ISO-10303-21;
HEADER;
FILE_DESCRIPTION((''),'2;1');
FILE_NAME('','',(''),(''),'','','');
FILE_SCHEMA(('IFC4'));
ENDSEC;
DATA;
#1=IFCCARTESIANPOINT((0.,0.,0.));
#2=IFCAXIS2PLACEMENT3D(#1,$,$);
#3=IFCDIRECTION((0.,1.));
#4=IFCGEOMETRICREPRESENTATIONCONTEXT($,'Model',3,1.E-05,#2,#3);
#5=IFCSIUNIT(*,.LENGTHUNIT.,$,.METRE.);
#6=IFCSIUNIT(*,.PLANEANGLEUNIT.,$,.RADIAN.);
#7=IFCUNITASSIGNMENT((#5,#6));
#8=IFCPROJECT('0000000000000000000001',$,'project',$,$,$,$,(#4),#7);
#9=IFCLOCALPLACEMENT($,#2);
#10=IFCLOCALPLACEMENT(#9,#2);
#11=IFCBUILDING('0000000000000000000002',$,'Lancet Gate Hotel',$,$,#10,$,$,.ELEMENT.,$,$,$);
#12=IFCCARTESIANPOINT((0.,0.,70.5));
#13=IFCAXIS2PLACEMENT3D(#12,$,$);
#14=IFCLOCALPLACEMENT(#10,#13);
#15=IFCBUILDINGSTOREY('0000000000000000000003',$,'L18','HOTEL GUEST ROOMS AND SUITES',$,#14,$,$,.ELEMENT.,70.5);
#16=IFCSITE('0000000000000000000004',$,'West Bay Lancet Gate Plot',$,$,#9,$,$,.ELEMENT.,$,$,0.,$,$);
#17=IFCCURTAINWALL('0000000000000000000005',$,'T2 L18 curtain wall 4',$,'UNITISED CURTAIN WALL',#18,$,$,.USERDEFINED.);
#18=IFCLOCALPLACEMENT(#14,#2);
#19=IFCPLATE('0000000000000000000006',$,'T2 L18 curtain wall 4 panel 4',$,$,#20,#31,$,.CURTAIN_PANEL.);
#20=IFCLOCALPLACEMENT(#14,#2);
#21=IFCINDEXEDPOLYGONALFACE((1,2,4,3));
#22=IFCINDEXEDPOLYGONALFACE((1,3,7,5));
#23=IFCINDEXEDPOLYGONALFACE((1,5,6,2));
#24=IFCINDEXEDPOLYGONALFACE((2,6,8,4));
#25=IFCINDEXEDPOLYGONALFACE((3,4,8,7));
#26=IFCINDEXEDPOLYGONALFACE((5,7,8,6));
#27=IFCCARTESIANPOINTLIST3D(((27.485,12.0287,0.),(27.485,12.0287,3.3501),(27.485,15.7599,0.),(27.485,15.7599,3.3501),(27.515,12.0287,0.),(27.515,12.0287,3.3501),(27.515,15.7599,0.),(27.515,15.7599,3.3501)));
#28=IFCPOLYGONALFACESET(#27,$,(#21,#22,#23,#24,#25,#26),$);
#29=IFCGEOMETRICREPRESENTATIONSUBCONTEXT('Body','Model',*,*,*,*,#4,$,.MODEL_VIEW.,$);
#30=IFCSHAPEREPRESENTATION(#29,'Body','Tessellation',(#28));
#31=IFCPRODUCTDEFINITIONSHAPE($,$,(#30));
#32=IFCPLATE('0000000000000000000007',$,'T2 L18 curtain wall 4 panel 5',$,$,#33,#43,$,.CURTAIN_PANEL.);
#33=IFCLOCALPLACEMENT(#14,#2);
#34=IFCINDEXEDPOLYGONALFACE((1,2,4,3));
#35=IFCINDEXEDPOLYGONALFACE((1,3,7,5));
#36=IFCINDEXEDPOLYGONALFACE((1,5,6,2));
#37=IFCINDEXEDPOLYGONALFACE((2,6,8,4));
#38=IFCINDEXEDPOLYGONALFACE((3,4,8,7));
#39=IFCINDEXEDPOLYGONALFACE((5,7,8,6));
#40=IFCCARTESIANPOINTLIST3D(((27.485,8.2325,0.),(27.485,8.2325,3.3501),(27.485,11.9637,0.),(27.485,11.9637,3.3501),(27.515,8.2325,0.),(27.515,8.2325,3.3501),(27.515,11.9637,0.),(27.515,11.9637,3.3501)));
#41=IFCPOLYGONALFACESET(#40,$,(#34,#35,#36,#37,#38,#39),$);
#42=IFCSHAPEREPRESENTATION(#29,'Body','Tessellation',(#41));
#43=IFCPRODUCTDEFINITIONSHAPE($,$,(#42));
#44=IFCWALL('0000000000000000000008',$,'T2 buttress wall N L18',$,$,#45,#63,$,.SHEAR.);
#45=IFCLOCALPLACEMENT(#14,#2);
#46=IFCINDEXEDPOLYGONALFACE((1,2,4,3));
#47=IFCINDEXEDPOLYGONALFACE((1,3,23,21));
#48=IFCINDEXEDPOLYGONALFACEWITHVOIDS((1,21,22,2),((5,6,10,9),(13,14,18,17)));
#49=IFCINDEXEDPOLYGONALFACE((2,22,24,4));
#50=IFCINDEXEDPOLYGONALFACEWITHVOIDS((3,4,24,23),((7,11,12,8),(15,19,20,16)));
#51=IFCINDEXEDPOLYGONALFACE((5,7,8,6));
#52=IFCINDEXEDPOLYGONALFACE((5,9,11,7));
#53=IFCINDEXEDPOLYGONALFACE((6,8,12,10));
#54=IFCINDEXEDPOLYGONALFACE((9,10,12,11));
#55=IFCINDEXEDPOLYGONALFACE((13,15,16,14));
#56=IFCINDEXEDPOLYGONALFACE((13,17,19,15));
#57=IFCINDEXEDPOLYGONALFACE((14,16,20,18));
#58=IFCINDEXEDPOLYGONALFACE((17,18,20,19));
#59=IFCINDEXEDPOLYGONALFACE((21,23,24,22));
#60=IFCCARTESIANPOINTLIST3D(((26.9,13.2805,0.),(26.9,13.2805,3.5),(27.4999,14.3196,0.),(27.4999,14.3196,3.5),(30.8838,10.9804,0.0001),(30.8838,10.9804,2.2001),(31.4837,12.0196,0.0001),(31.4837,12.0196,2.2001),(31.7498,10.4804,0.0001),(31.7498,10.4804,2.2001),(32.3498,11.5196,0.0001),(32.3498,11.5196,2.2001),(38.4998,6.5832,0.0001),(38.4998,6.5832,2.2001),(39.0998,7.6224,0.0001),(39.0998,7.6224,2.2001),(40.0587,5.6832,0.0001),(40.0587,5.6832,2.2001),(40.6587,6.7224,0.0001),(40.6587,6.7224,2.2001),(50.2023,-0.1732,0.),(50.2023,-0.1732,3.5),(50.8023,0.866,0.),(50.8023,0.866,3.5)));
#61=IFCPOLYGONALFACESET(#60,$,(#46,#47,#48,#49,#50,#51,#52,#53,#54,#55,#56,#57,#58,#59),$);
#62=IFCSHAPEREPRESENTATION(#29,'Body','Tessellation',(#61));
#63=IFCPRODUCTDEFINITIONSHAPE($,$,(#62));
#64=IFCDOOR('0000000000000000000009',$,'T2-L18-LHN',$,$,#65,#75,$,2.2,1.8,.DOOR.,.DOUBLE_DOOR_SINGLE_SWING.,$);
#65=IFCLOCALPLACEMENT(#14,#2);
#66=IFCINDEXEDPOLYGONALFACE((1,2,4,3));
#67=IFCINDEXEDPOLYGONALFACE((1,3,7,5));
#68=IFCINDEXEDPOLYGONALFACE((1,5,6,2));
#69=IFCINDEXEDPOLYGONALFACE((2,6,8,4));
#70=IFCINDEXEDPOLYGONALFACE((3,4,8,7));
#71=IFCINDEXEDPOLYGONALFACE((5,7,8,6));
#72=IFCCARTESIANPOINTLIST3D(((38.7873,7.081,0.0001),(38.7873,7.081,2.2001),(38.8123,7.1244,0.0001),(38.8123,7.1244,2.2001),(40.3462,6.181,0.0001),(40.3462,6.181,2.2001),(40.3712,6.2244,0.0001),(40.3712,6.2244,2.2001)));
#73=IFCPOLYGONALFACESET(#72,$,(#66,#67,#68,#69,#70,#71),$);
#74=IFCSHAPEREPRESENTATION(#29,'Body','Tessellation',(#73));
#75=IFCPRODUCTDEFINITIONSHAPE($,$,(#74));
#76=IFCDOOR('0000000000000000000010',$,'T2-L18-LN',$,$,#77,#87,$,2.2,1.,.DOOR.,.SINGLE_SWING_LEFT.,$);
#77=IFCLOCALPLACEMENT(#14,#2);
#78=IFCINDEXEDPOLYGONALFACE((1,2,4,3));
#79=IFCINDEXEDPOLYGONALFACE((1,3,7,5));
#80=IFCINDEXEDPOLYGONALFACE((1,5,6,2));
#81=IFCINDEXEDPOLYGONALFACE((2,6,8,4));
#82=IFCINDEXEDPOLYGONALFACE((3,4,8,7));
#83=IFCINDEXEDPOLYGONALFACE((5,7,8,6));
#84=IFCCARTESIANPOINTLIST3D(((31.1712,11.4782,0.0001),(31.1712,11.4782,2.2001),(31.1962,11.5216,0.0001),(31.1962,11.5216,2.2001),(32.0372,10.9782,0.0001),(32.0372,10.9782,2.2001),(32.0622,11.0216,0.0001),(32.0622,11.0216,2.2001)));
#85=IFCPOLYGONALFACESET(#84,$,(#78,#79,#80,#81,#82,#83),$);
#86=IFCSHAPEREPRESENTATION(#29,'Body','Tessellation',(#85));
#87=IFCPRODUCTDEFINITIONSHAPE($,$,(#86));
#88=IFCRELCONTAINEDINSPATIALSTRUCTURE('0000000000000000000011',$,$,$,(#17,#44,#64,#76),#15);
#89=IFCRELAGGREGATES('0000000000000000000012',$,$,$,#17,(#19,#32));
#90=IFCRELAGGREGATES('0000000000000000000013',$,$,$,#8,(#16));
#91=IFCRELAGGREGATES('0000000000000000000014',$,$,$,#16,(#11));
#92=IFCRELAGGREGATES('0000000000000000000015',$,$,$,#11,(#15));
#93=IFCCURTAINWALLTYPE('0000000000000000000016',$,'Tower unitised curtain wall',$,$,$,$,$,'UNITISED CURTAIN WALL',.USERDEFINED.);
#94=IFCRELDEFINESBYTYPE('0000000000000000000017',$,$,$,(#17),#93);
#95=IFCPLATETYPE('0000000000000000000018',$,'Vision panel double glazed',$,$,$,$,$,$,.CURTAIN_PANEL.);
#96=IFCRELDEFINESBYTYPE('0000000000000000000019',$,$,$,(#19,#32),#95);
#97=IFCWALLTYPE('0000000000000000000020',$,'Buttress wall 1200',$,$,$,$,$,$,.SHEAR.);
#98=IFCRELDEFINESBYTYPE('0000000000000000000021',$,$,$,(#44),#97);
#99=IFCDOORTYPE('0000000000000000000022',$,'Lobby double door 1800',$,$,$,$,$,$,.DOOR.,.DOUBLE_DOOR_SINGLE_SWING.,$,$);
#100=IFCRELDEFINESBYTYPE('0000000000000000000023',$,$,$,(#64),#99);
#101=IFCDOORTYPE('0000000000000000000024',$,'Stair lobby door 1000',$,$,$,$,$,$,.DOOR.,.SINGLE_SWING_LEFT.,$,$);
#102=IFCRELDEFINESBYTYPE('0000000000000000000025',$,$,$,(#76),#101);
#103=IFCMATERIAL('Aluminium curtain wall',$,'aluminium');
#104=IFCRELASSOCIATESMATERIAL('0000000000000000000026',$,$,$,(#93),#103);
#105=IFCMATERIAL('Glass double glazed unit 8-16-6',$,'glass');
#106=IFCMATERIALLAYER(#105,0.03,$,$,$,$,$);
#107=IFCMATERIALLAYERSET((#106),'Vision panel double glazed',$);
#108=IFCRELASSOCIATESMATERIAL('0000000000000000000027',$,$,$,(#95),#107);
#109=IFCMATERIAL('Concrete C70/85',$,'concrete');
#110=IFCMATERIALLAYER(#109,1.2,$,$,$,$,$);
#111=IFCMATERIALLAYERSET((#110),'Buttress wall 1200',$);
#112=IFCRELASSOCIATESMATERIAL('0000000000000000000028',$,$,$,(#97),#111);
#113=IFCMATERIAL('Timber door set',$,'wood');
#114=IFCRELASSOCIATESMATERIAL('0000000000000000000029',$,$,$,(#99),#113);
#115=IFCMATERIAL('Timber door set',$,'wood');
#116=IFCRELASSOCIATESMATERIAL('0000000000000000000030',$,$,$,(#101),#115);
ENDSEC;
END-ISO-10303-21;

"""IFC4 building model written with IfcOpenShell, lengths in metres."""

from ifc_helpers import new_model, si_unit, direction, frame, frame_2d, origin, origin_2d, place, context, subcontext, project, spatial, rectangle, extrude, material, layer, layer_set, type_object, element, fill, aggregate, save


model = new_model("IFC4")

# Units and contexts
model_context = context("Model", 3, precision=1e-05, world=origin(), true_north=direction((0.0, 1.0)))
body_context = subcontext(model_context, "Body", "Model", "MODEL_VIEW")
ifc_project = project(units=[si_unit("LENGTHUNIT", "METRE"), si_unit("PLANEANGLEUNIT", "RADIAN")], contexts=[model_context])

# Site, building, storey
site_placement = place(None, origin())
site = spatial("IfcSite", under=ifc_project, at=site_placement, Name="West Bay Lancet Gate Plot", CompositionType="ELEMENT", RefElevation=0.0)
building_placement = place(site_placement, origin())
building = spatial("IfcBuilding", under=site, at=building_placement, Name="Lancet Gate Hotel", CompositionType="ELEMENT")
storey_placement = place(building_placement, frame((0.0, 0.0, 70.5)))
storey = spatial("IfcBuildingStorey", under=building, at=storey_placement, Name="L18", Description="HOTEL GUEST ROOMS AND SUITES", CompositionType="ELEMENT", Elevation=70.5)

# Curtain wall
ifc_material_1 = material(Name="Aluminium curtain wall", Category="aluminium")
curtain_wall_type = type_object("IfcCurtainWallType", Name="Tower unitised curtain wall", ElementType="UNITISED CURTAIN WALL", PredefinedType="USERDEFINED", material=ifc_material_1)
curtain_wall_placement = place(storey_placement, origin())
curtain_wall = element("IfcCurtainWall", 1, at=curtain_wall_placement, inside=storey, type_object=curtain_wall_type, Name="T2 L18 curtain wall 4", ObjectType="UNITISED CURTAIN WALL", PredefinedType="USERDEFINED")

# Plates
ifc_material_2 = material(Name="Glass double glazed unit 8-16-6", Category="glass")
ifc_layer_1 = layer(ifc_material_2, 0.03)
ifc_layer_set_1 = layer_set([ifc_layer_1], Name="Vision panel double glazed")
plate_type = type_object("IfcPlateType", Name="Vision panel double glazed", PredefinedType="CURTAIN_PANEL", material=ifc_layer_set_1)
plate_1_placement = place(storey_placement, frame((27.5, 13.8943, 0.0), z_axis=(0.0, 0.0, 1.0), x_axis=(0.0, -1.0, 0.0)))
plate_1 = element("IfcPlate", 2, at=plate_1_placement, type_object=plate_type, Name="T2 L18 curtain wall 4 panel 4", PredefinedType="CURTAIN_PANEL", context=body_context, shape_type="SweptSolid", body=[
    extrude(rectangle(XDim=3.7312, YDim=0.03, at=origin_2d()), origin(), (0.0, 0.0, 1.0), 3.3501),
])
plate_2_placement = place(storey_placement, frame((27.5, 10.0981, 0.0), z_axis=(0.0, 0.0, 1.0), x_axis=(0.0, -1.0, 0.0)))
plate_2 = element("IfcPlate", 3, at=plate_2_placement, type_object=plate_type, Name="T2 L18 curtain wall 4 panel 5", PredefinedType="CURTAIN_PANEL", context=body_context, shape_type="SweptSolid", body=[
    extrude(rectangle(XDim=3.7312, YDim=0.03, at=origin_2d()), origin(), (0.0, 0.0, 1.0), 3.3501),
])
aggregate(curtain_wall, [plate_1, plate_2])

# Wall, openings, doors
ifc_material_3 = material(Name="Concrete C70/85", Category="concrete")
ifc_layer_2 = layer(ifc_material_3, 1.2)
ifc_layer_set_2 = layer_set([ifc_layer_2], Name="Buttress wall 1200")
wall_type = type_object("IfcWallType", Name="Buttress wall 1200", PredefinedType="SHEAR", material=ifc_layer_set_2)
wall_placement = place(storey_placement, frame((27.2, 13.8, 0.0), z_axis=(0.0, 0.0, 1.0), x_axis=(0.866025, -0.500002, 0.0)))
wall = element("IfcWall", 4, at=wall_placement, inside=storey, type_object=wall_type, Name="T2 buttress wall N L18", PredefinedType="SHEAR", context=body_context, shape_type="SweptSolid", body=[
    extrude(rectangle(XDim=26.9072, YDim=1.2, at=frame_2d((13.4536, 0.0))), origin(), (0.0, 0.0, 1.0), 3.5),
])
opening_1_placement = place(wall_placement, frame((4.6001, 0.0, 0.0)))
opening_1 = element("IfcOpeningElement", 5, at=opening_1_placement, cuts=wall, PredefinedType="OPENING", context=body_context, shape_type="SweptSolid", body=[
    extrude(rectangle(XDim=1.0, YDim=2.2, at=frame_2d((0.5, 1.1001))), frame((0.0, 0.6099, 0.0), z_axis=(0.0, -1.0, 0.0), x_axis=(1.0, 0.0, 0.0)), (0.0, 0.0, 1.0), 1.22),
])
opening_2_placement = place(wall_placement, frame((13.3945, 0.0, 0.0)))
opening_2 = element("IfcOpeningElement", 6, at=opening_2_placement, cuts=wall, PredefinedType="OPENING", context=body_context, shape_type="SweptSolid", body=[
    extrude(rectangle(XDim=1.8, YDim=2.2, at=frame_2d((0.8999, 1.1001))), frame((0.0, 0.6099, 0.0), z_axis=(0.0, -1.0, 0.0), x_axis=(1.0, 0.0, 0.0)), (0.0, 0.0, 1.0), 1.22),
])
ifc_material_4 = material(Name="Timber door set", Category="wood")
door_type_1 = type_object("IfcDoorType", Name="Lobby double door 1800", OperationType="DOUBLE_DOOR_SINGLE_SWING", PredefinedType="DOOR", material=ifc_material_4)
door_1_placement = place(opening_2_placement, origin())
door_1 = element("IfcDoor", 7, at=door_1_placement, inside=storey, type_object=door_type_1, Name="T2-L18-LHN", OperationType="DOUBLE_DOOR_SINGLE_SWING", OverallHeight=2.2, OverallWidth=1.8, PredefinedType="DOOR", context=body_context, shape_type="SweptSolid", body=[
    extrude(rectangle(XDim=1.8, YDim=2.2, at=frame_2d((0.8999, 1.1001))), frame((0.0, 0.0249, 0.0), z_axis=(0.0, -1.0, 0.0), x_axis=(1.0, 0.0, 0.0)), (0.0, 0.0, 1.0), 0.05),
])
fill(opening_2, door_1)
ifc_material_5 = material(Name="Timber door set", Category="wood")
door_type_2 = type_object("IfcDoorType", Name="Stair lobby door 1000", OperationType="SINGLE_SWING_LEFT", PredefinedType="DOOR", material=ifc_material_5)
door_2_placement = place(opening_1_placement, origin())
door_2 = element("IfcDoor", 8, at=door_2_placement, inside=storey, type_object=door_type_2, Name="T2-L18-LN", OperationType="SINGLE_SWING_LEFT", OverallHeight=2.2, OverallWidth=1.0, PredefinedType="DOOR", context=body_context, shape_type="SweptSolid", body=[
    extrude(rectangle(XDim=1.0, YDim=2.2, at=frame_2d((0.5, 1.1001))), frame((0.0, 0.0249, 0.0), z_axis=(0.0, -1.0, 0.0), x_axis=(1.0, 0.0, 0.0)), (0.0, 0.0, 1.0), 0.05),
])
fill(opening_1, door_2)

save(model, "model.ifc")
